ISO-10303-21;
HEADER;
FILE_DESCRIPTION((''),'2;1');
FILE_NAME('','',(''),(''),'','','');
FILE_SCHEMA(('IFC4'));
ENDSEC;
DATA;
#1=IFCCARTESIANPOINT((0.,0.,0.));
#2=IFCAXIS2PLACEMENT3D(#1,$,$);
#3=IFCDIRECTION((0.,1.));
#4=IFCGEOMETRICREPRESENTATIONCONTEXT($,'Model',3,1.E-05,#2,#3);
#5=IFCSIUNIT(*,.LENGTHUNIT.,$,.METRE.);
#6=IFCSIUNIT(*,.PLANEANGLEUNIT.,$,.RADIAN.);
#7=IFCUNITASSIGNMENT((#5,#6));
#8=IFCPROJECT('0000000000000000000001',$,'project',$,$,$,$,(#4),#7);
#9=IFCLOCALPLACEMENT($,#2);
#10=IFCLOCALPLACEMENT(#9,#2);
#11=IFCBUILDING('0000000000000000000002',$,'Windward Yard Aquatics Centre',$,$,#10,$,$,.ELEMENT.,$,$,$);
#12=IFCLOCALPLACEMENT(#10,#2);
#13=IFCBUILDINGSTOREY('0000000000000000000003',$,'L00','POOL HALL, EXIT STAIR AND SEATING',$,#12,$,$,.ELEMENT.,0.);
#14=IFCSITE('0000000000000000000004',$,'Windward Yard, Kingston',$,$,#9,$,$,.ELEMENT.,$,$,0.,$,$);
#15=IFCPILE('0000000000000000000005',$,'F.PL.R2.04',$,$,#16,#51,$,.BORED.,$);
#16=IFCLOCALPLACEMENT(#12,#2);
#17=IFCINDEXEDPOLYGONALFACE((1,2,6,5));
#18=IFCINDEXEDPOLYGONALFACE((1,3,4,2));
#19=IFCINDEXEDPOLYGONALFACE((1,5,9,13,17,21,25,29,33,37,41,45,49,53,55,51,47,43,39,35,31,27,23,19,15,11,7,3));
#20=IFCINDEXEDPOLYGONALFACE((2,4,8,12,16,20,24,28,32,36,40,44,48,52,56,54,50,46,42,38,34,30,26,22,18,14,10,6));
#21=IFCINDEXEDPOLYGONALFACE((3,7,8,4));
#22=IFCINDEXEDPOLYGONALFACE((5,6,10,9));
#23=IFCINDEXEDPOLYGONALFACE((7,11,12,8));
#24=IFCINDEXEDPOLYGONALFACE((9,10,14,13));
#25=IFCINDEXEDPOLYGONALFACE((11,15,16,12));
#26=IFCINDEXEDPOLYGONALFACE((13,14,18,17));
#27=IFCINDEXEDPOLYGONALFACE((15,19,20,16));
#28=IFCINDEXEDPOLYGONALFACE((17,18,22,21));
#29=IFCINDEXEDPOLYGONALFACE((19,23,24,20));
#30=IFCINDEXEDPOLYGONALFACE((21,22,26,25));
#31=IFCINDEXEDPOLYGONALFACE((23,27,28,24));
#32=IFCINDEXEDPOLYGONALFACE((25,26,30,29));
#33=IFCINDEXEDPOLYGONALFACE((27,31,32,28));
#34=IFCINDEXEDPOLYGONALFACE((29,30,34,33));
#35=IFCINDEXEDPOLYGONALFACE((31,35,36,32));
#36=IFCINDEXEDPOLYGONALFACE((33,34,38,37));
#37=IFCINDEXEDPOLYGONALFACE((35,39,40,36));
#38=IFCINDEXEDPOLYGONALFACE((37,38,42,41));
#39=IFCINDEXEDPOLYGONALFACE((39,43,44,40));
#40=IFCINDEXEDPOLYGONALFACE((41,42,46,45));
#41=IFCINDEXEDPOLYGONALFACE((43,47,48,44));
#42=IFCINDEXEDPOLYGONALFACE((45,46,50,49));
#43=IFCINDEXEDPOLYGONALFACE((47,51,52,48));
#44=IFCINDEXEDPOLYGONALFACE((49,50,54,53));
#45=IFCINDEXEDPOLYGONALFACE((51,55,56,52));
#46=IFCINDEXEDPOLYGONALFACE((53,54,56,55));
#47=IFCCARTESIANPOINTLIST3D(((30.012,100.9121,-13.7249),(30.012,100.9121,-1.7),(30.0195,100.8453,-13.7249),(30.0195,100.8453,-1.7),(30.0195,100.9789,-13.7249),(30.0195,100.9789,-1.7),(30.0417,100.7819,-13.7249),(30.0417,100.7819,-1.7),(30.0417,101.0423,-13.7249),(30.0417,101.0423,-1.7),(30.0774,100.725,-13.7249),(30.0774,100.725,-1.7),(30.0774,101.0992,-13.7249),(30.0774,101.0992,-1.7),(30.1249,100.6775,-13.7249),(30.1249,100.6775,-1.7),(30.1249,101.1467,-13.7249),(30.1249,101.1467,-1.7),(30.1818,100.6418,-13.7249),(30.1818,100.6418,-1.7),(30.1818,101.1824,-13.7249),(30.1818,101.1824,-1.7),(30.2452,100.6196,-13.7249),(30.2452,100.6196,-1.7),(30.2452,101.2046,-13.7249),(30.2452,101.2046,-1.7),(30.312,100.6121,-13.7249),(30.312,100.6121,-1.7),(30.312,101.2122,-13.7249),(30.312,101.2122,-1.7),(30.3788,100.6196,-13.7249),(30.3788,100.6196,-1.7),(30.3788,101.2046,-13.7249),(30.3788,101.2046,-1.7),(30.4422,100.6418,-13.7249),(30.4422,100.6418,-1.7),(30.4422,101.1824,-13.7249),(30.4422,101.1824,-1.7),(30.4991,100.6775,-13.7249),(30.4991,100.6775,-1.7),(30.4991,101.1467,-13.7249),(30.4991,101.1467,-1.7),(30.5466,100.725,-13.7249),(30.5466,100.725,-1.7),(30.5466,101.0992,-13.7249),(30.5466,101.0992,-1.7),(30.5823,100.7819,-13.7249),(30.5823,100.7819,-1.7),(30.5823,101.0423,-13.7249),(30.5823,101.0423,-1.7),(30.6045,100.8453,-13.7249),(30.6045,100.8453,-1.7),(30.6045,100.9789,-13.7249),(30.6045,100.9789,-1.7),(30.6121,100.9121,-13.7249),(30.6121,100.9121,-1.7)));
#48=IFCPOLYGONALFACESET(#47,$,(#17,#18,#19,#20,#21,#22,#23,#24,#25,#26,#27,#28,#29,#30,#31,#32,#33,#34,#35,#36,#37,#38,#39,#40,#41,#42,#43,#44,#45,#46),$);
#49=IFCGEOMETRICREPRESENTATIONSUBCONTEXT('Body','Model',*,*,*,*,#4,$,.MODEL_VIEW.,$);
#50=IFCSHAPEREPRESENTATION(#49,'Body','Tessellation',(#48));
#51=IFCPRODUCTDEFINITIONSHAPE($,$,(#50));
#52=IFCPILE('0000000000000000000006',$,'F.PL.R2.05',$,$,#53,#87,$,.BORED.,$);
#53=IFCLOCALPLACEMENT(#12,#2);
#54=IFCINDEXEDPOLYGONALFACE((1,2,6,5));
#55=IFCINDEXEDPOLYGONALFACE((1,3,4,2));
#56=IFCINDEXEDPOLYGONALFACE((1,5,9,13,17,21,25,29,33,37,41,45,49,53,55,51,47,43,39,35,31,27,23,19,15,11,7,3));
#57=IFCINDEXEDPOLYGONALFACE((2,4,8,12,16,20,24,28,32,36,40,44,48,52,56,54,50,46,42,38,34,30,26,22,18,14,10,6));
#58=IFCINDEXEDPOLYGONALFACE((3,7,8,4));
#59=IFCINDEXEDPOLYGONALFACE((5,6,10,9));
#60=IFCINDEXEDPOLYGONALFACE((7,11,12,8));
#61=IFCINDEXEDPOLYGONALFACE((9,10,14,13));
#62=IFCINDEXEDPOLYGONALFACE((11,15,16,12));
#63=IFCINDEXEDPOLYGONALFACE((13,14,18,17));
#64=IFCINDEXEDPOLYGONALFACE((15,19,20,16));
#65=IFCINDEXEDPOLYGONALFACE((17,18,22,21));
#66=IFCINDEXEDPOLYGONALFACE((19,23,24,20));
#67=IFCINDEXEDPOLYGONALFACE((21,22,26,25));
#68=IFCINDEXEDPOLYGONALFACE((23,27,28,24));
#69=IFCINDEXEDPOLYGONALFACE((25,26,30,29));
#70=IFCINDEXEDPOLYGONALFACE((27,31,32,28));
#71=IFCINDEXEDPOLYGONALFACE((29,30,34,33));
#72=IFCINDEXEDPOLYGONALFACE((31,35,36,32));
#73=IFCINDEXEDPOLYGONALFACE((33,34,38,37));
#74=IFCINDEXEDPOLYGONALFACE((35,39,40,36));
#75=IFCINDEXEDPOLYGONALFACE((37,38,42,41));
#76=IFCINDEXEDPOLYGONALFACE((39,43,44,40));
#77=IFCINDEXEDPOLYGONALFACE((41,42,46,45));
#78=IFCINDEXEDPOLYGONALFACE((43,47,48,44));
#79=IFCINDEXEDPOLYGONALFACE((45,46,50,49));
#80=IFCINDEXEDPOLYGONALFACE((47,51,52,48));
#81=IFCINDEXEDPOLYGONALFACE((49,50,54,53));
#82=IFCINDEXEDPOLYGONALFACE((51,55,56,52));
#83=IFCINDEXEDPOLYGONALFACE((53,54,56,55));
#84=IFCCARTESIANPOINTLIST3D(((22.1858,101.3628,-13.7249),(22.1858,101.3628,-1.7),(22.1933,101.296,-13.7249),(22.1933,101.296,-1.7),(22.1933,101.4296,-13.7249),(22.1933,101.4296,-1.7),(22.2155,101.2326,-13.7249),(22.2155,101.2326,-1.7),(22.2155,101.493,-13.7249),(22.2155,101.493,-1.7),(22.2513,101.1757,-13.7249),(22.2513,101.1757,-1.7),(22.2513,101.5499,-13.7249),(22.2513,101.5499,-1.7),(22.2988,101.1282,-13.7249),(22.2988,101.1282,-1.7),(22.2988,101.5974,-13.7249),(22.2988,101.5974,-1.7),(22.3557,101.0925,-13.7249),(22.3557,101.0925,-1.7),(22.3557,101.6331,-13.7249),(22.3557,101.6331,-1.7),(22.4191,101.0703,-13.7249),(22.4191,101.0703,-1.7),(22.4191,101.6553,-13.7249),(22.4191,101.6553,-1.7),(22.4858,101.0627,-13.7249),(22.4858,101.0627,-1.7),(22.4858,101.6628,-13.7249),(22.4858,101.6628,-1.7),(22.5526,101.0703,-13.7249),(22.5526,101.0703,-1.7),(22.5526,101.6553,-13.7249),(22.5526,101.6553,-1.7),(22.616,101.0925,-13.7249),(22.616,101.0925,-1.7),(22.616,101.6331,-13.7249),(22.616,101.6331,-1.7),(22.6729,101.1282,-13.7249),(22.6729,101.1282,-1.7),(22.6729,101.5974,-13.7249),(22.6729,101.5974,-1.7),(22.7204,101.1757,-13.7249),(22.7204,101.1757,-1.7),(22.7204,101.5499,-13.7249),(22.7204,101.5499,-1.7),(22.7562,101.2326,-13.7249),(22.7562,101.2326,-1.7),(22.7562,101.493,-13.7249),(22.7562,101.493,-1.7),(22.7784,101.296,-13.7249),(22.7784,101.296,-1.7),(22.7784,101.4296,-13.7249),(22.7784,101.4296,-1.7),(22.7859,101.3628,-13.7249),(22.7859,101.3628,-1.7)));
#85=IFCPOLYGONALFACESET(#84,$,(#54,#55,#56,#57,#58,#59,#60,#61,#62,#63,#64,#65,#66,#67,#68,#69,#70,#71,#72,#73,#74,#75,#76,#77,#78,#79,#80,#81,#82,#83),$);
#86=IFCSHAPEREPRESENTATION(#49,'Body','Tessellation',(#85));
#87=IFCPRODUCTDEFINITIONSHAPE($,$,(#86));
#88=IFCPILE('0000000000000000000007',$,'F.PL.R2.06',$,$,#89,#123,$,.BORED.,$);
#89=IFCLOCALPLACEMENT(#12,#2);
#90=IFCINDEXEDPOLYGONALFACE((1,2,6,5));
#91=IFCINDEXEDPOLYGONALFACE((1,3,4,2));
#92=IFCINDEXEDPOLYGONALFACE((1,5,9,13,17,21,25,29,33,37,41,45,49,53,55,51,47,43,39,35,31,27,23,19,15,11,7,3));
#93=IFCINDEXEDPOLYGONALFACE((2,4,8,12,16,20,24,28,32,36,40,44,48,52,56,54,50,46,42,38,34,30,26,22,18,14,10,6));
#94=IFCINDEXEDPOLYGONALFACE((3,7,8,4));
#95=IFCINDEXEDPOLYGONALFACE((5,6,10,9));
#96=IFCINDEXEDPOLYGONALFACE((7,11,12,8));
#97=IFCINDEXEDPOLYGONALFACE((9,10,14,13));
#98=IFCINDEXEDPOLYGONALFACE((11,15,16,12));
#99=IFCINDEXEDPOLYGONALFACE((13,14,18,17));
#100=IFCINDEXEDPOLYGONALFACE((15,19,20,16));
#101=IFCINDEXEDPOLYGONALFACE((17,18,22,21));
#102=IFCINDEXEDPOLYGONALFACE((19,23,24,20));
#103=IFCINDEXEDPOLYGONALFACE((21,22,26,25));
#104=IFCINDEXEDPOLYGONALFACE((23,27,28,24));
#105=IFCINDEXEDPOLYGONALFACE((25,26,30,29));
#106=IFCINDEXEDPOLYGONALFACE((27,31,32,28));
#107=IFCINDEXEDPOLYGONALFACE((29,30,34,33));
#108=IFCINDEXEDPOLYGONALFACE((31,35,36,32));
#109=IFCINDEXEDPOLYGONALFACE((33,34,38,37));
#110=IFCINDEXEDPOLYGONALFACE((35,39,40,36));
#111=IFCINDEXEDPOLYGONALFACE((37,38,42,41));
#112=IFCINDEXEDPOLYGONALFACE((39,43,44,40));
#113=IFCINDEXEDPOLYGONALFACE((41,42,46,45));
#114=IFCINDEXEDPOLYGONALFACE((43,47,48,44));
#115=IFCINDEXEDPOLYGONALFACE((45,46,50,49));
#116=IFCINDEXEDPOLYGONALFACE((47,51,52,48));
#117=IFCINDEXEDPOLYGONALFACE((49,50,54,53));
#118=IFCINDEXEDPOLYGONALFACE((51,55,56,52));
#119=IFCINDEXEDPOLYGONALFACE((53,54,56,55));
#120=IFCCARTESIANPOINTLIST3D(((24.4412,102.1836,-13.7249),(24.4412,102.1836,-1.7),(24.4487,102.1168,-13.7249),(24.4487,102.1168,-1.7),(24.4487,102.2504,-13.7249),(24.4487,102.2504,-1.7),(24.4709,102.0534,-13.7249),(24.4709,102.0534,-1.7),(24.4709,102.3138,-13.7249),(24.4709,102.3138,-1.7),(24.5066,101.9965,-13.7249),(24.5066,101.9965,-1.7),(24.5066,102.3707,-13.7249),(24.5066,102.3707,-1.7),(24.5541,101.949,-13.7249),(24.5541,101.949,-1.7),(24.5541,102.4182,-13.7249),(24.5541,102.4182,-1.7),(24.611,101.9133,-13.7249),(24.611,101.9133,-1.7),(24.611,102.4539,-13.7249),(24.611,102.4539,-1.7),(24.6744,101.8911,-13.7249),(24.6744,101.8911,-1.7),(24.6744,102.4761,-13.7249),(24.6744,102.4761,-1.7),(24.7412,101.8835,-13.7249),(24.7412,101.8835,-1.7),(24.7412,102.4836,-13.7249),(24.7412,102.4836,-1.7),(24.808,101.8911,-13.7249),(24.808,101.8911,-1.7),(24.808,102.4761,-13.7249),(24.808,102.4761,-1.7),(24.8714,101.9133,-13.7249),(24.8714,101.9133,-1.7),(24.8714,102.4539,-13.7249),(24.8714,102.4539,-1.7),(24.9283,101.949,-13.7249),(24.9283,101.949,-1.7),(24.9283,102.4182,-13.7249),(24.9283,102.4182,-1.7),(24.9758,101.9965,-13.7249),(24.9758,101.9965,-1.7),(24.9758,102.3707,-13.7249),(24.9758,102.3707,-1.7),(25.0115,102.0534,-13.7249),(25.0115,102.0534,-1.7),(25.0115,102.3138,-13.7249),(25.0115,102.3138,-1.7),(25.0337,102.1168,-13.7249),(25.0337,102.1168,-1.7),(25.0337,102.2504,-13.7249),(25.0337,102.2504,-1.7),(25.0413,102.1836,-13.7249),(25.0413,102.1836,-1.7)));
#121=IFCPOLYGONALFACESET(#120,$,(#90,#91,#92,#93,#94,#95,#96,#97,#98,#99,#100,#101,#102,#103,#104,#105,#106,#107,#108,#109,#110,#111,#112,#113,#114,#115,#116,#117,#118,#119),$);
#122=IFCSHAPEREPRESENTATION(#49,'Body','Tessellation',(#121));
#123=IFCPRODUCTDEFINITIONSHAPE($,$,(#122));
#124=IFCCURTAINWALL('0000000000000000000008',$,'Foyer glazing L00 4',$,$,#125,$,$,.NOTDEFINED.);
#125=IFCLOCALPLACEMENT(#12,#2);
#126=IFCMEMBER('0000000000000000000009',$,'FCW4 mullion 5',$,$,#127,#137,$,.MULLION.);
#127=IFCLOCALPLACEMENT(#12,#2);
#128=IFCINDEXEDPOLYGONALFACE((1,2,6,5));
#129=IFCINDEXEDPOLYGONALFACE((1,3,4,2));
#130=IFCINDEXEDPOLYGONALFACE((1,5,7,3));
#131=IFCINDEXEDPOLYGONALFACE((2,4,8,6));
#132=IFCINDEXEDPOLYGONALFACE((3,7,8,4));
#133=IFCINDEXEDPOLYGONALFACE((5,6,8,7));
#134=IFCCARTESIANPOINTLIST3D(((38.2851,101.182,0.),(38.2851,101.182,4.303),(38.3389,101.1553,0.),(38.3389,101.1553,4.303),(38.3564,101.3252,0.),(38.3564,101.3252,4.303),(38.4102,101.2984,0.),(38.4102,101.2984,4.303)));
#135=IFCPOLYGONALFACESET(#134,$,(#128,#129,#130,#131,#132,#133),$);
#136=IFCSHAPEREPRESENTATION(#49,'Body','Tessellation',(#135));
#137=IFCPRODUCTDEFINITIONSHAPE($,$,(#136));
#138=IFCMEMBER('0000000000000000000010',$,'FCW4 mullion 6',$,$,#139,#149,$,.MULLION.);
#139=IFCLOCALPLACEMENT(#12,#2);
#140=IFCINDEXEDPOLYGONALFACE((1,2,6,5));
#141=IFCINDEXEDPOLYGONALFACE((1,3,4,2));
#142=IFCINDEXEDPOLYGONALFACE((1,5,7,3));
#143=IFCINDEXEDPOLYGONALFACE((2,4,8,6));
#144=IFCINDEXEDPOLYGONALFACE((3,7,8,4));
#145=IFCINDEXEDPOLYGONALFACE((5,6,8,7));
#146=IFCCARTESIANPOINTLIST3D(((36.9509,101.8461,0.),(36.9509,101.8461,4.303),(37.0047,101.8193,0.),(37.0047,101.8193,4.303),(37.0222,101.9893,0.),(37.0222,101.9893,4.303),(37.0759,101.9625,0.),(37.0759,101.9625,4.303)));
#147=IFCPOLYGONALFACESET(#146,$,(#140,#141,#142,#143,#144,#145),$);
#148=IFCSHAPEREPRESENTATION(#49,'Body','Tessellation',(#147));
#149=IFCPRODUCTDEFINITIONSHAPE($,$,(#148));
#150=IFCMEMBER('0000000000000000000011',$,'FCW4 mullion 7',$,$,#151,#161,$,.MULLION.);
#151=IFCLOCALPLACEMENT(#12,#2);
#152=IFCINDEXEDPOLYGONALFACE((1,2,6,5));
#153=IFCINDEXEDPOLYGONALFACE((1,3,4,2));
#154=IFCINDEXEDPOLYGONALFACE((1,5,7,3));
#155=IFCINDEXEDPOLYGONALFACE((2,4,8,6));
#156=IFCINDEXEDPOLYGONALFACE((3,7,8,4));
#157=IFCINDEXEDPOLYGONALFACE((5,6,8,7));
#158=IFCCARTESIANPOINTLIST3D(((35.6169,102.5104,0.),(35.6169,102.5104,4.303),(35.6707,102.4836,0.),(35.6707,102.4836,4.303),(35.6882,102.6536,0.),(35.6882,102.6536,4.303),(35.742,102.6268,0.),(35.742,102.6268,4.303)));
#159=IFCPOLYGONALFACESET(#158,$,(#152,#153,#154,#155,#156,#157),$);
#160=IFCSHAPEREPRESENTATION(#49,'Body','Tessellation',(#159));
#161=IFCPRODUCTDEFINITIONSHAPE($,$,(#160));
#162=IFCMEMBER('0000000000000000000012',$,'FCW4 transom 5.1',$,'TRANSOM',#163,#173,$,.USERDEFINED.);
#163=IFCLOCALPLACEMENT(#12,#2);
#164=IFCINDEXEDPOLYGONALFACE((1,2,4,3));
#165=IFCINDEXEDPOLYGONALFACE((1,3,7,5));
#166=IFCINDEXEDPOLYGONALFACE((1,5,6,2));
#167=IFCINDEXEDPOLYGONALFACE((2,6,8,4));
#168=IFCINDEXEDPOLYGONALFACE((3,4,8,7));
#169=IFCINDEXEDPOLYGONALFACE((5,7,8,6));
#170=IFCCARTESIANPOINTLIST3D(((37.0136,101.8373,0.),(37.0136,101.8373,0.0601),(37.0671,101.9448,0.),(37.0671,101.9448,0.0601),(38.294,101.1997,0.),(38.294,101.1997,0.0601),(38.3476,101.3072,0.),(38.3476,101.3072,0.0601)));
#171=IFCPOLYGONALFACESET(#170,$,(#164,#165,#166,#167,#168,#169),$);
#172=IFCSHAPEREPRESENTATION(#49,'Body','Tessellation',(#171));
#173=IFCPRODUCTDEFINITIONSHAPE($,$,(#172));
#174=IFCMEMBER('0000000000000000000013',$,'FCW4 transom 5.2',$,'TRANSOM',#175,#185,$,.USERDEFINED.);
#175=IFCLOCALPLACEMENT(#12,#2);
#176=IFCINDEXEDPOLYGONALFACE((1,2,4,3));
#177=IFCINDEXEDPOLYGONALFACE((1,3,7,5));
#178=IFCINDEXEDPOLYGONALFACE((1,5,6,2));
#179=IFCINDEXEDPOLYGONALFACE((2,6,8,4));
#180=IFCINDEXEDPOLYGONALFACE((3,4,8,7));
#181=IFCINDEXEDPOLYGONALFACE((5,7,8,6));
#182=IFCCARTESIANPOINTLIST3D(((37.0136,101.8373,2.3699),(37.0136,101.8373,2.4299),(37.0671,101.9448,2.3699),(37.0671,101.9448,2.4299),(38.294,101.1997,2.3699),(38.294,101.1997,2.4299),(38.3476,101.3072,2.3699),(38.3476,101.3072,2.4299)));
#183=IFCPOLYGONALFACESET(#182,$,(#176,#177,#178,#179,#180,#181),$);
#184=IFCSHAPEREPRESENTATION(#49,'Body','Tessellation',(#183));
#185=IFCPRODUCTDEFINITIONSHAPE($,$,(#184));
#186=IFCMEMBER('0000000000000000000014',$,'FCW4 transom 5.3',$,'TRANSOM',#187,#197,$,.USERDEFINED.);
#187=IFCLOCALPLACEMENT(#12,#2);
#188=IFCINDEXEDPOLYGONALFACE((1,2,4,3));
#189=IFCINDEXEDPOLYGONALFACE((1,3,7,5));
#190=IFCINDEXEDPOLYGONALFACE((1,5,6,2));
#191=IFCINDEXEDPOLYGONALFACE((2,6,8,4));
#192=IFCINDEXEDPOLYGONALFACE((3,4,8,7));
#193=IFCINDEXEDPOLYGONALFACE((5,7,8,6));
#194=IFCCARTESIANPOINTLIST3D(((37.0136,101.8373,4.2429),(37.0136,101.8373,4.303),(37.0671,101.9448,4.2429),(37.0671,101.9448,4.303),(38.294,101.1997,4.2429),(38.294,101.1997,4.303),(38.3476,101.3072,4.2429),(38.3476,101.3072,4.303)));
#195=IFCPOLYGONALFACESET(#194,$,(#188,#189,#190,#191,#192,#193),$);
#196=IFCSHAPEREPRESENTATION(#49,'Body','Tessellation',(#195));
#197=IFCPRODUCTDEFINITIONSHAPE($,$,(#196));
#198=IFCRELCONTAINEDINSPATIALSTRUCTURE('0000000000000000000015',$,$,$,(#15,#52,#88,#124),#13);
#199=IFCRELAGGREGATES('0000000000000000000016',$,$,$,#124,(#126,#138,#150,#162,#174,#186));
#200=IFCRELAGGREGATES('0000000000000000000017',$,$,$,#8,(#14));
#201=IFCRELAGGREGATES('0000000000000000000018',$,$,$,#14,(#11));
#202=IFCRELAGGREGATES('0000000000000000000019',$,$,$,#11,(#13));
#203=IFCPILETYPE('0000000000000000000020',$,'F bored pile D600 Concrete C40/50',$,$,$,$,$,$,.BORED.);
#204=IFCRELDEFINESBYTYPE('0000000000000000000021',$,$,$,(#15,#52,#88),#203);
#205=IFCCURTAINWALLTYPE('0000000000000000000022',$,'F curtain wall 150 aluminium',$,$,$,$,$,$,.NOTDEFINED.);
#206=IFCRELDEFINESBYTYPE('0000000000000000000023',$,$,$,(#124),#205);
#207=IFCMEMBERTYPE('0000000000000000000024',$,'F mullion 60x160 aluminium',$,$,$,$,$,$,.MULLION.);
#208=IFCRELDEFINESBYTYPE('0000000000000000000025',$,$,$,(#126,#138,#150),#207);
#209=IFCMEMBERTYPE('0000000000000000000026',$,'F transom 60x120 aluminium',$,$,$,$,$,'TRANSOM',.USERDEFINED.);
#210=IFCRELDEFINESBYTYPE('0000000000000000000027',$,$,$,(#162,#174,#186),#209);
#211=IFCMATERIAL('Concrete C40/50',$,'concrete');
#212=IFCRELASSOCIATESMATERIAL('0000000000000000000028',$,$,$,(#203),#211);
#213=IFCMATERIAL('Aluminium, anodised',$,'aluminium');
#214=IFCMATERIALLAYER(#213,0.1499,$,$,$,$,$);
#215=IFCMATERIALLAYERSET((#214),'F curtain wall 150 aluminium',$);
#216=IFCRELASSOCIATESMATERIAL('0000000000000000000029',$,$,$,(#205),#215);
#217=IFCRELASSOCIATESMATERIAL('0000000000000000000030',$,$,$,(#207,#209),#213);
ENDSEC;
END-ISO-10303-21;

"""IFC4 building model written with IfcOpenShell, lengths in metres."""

from ifc_helpers import new_model, si_unit, direction, frame, origin, origin_2d, place, context, subcontext, project, spatial, rectangle, circle, extrude, material, layer, layer_set, material_profile, profile_set, type_object, element, aggregate, save


model = new_model("IFC4")

# Units and contexts
model_context = context("Model", 3, precision=1e-05, world=origin(), true_north=direction((0.0, 1.0)))
body_context = subcontext(model_context, "Body", "Model", "MODEL_VIEW")
ifc_project = project(units=[si_unit("LENGTHUNIT", "METRE"), si_unit("PLANEANGLEUNIT", "RADIAN")], contexts=[model_context])

# Site, building, storey
site_placement = place(None, origin())
site = spatial("IfcSite", under=ifc_project, at=site_placement, Name="Windward Yard, Kingston", CompositionType="ELEMENT", RefElevation=0.0)
building_placement = place(site_placement, origin())
building = spatial("IfcBuilding", under=site, at=building_placement, Name="Windward Yard Aquatics Centre", CompositionType="ELEMENT")
storey_placement = place(building_placement, origin())
storey = spatial("IfcBuildingStorey", under=building, at=storey_placement, Name="L00", Description="POOL HALL, EXIT STAIR AND SEATING", CompositionType="ELEMENT", Elevation=0.0)

# Piles
ifc_material_1 = material(Name="Concrete C40/50", Category="concrete")
ifc_material_profile_1 = material_profile(ifc_material_1, circle(Radius=0.3, at=origin_2d()), Name="D600")
ifc_profile_set_1 = profile_set([ifc_material_profile_1], Name="Concrete C40/50")
pile_type = type_object("IfcPileType", Name="F bored pile D600 Concrete C40/50", PredefinedType="BORED", material=ifc_profile_set_1)
for number, where, z_axis, x_axis, name in (
    (1, (30.312, 100.9121, -1.7), (0.0, 0.0, -1.0), (1.0, 0.0, 0.0), "F.PL.R2.04"),
    (2, (22.4858, 101.3628, -1.7), (0.0, 0.0, -1.0), (1.0, 0.0, 0.0), "F.PL.R2.05"),
    (3, (24.7412, 102.1836, -1.7), (0.0, 0.0, -1.0), (1.0, 0.0, 0.0), "F.PL.R2.06"),
):
    element("IfcPile", number, at=place(storey_placement, frame(where, z_axis=z_axis, x_axis=x_axis)), inside=storey, type_object=pile_type, Name=name, PredefinedType="BORED", context=body_context, shape_type="SweptSolid", body=[
        extrude(circle(Radius=0.3, at=origin_2d()), origin(), (0.0, 0.0, 1.0), 12.0249),
    ])

# Curtain wall, members
ifc_material_2 = material(Name="Aluminium, anodised", Category="aluminium")
ifc_layer_1 = layer(ifc_material_2, 0.1499)
ifc_layer_set_1 = layer_set([ifc_layer_1], Name="F curtain wall 150 aluminium")
curtain_wall_type = type_object("IfcCurtainWallType", Name="F curtain wall 150 aluminium", PredefinedType="NOTDEFINED", material=ifc_layer_set_1)
curtain_wall_placement = place(storey_placement, origin())
curtain_wall = element("IfcCurtainWall", 4, at=curtain_wall_placement, inside=storey, type_object=curtain_wall_type, Name="Foyer glazing L00 4", PredefinedType="NOTDEFINED")
ifc_material_profile_2 = material_profile(ifc_material_2, rectangle(XDim=0.1599, YDim=0.0601, at=origin_2d()), Name="MULLION 60x160")
ifc_profile_set_2 = profile_set([ifc_material_profile_2], Name="Aluminium, anodised")
member_type_1 = type_object("IfcMemberType", Name="F mullion 60x160 aluminium", PredefinedType="MULLION", material=ifc_profile_set_2)
member_1_placement = place(storey_placement, frame((38.3477, 101.2402, 0.0), z_axis=(0.0, 0.0, 1.0), x_axis=(-0.445707, -0.895179, 0.0)))
member_1 = element("IfcMember", 5, at=member_1_placement, type_object=member_type_1, Name="FCW4 mullion 5", PredefinedType="MULLION", context=body_context, shape_type="SweptSolid", body=[
    extrude(rectangle(XDim=0.1599, YDim=0.0601, at=origin_2d()), origin(), (0.0, 0.0, 1.0), 4.303),
])
member_2_placement = place(storey_placement, frame((37.0134, 101.9043, 0.0), z_axis=(0.0, 0.0, 1.0), x_axis=(-0.445707, -0.895179, 0.0)))
member_2 = element("IfcMember", 6, at=member_2_placement, type_object=member_type_1, Name="FCW4 mullion 6", PredefinedType="MULLION", context=body_context, shape_type="SweptSolid", body=[
    extrude(rectangle(XDim=0.1599, YDim=0.0601, at=origin_2d()), origin(), (0.0, 0.0, 1.0), 4.303),
])
member_3_placement = place(storey_placement, frame((35.6794, 102.5686, 0.0), z_axis=(0.0, 0.0, 1.0), x_axis=(-0.445707, -0.895179, 0.0)))
member_3 = element("IfcMember", 7, at=member_3_placement, type_object=member_type_1, Name="FCW4 mullion 7", PredefinedType="MULLION", context=body_context, shape_type="SweptSolid", body=[
    extrude(rectangle(XDim=0.1599, YDim=0.0601, at=origin_2d()), origin(), (0.0, 0.0, 1.0), 4.303),
])
ifc_material_profile_3 = material_profile(ifc_material_2, rectangle(XDim=0.1201, YDim=0.0601, at=origin_2d()), Name="TRANSOM 60x120")
ifc_profile_set_3 = profile_set([ifc_material_profile_3], Name="Aluminium, anodised")
member_type_2 = type_object("IfcMemberType", Name="F transom 60x120 aluminium", ElementType="TRANSOM", PredefinedType="USERDEFINED", material=ifc_profile_set_3)
member_4_placement = place(storey_placement, frame((38.3208, 101.2534, 0.03), z_axis=(-0.895143, 0.445779, 0.0), x_axis=(-0.445779, -0.895143, 0.0)))
member_4 = element("IfcMember", 8, at=member_4_placement, type_object=member_type_2, Name="FCW4 transom 5.1", ObjectType="TRANSOM", PredefinedType="USERDEFINED", context=body_context, shape_type="SweptSolid", body=[
    extrude(rectangle(XDim=0.1201, YDim=0.0601, at=origin_2d()), origin(), (0.0, 0.0, 1.0), 1.4304),
])
member_5_placement = place(storey_placement, frame((38.3208, 101.2534, 2.3999), z_axis=(-0.895143, 0.445779, 0.0), x_axis=(-0.445779, -0.895143, 0.0)))
member_5 = element("IfcMember", 9, at=member_5_placement, type_object=member_type_2, Name="FCW4 transom 5.2", ObjectType="TRANSOM", PredefinedType="USERDEFINED", context=body_context, shape_type="SweptSolid", body=[
    extrude(rectangle(XDim=0.1201, YDim=0.0601, at=origin_2d()), origin(), (0.0, 0.0, 1.0), 1.4304),
])
member_6_placement = place(storey_placement, frame((38.3208, 101.2534, 4.2729), z_axis=(-0.895143, 0.445779, 0.0), x_axis=(-0.445779, -0.895143, 0.0)))
member_6 = element("IfcMember", 10, at=member_6_placement, type_object=member_type_2, Name="FCW4 transom 5.3", ObjectType="TRANSOM", PredefinedType="USERDEFINED", context=body_context, shape_type="SweptSolid", body=[
    extrude(rectangle(XDim=0.1201, YDim=0.0601, at=origin_2d()), origin(), (0.0, 0.0, 1.0), 1.4304),
])
aggregate(curtain_wall, [member_1, member_2, member_3, member_4, member_5, member_6])

save(model, "model.ifc")
